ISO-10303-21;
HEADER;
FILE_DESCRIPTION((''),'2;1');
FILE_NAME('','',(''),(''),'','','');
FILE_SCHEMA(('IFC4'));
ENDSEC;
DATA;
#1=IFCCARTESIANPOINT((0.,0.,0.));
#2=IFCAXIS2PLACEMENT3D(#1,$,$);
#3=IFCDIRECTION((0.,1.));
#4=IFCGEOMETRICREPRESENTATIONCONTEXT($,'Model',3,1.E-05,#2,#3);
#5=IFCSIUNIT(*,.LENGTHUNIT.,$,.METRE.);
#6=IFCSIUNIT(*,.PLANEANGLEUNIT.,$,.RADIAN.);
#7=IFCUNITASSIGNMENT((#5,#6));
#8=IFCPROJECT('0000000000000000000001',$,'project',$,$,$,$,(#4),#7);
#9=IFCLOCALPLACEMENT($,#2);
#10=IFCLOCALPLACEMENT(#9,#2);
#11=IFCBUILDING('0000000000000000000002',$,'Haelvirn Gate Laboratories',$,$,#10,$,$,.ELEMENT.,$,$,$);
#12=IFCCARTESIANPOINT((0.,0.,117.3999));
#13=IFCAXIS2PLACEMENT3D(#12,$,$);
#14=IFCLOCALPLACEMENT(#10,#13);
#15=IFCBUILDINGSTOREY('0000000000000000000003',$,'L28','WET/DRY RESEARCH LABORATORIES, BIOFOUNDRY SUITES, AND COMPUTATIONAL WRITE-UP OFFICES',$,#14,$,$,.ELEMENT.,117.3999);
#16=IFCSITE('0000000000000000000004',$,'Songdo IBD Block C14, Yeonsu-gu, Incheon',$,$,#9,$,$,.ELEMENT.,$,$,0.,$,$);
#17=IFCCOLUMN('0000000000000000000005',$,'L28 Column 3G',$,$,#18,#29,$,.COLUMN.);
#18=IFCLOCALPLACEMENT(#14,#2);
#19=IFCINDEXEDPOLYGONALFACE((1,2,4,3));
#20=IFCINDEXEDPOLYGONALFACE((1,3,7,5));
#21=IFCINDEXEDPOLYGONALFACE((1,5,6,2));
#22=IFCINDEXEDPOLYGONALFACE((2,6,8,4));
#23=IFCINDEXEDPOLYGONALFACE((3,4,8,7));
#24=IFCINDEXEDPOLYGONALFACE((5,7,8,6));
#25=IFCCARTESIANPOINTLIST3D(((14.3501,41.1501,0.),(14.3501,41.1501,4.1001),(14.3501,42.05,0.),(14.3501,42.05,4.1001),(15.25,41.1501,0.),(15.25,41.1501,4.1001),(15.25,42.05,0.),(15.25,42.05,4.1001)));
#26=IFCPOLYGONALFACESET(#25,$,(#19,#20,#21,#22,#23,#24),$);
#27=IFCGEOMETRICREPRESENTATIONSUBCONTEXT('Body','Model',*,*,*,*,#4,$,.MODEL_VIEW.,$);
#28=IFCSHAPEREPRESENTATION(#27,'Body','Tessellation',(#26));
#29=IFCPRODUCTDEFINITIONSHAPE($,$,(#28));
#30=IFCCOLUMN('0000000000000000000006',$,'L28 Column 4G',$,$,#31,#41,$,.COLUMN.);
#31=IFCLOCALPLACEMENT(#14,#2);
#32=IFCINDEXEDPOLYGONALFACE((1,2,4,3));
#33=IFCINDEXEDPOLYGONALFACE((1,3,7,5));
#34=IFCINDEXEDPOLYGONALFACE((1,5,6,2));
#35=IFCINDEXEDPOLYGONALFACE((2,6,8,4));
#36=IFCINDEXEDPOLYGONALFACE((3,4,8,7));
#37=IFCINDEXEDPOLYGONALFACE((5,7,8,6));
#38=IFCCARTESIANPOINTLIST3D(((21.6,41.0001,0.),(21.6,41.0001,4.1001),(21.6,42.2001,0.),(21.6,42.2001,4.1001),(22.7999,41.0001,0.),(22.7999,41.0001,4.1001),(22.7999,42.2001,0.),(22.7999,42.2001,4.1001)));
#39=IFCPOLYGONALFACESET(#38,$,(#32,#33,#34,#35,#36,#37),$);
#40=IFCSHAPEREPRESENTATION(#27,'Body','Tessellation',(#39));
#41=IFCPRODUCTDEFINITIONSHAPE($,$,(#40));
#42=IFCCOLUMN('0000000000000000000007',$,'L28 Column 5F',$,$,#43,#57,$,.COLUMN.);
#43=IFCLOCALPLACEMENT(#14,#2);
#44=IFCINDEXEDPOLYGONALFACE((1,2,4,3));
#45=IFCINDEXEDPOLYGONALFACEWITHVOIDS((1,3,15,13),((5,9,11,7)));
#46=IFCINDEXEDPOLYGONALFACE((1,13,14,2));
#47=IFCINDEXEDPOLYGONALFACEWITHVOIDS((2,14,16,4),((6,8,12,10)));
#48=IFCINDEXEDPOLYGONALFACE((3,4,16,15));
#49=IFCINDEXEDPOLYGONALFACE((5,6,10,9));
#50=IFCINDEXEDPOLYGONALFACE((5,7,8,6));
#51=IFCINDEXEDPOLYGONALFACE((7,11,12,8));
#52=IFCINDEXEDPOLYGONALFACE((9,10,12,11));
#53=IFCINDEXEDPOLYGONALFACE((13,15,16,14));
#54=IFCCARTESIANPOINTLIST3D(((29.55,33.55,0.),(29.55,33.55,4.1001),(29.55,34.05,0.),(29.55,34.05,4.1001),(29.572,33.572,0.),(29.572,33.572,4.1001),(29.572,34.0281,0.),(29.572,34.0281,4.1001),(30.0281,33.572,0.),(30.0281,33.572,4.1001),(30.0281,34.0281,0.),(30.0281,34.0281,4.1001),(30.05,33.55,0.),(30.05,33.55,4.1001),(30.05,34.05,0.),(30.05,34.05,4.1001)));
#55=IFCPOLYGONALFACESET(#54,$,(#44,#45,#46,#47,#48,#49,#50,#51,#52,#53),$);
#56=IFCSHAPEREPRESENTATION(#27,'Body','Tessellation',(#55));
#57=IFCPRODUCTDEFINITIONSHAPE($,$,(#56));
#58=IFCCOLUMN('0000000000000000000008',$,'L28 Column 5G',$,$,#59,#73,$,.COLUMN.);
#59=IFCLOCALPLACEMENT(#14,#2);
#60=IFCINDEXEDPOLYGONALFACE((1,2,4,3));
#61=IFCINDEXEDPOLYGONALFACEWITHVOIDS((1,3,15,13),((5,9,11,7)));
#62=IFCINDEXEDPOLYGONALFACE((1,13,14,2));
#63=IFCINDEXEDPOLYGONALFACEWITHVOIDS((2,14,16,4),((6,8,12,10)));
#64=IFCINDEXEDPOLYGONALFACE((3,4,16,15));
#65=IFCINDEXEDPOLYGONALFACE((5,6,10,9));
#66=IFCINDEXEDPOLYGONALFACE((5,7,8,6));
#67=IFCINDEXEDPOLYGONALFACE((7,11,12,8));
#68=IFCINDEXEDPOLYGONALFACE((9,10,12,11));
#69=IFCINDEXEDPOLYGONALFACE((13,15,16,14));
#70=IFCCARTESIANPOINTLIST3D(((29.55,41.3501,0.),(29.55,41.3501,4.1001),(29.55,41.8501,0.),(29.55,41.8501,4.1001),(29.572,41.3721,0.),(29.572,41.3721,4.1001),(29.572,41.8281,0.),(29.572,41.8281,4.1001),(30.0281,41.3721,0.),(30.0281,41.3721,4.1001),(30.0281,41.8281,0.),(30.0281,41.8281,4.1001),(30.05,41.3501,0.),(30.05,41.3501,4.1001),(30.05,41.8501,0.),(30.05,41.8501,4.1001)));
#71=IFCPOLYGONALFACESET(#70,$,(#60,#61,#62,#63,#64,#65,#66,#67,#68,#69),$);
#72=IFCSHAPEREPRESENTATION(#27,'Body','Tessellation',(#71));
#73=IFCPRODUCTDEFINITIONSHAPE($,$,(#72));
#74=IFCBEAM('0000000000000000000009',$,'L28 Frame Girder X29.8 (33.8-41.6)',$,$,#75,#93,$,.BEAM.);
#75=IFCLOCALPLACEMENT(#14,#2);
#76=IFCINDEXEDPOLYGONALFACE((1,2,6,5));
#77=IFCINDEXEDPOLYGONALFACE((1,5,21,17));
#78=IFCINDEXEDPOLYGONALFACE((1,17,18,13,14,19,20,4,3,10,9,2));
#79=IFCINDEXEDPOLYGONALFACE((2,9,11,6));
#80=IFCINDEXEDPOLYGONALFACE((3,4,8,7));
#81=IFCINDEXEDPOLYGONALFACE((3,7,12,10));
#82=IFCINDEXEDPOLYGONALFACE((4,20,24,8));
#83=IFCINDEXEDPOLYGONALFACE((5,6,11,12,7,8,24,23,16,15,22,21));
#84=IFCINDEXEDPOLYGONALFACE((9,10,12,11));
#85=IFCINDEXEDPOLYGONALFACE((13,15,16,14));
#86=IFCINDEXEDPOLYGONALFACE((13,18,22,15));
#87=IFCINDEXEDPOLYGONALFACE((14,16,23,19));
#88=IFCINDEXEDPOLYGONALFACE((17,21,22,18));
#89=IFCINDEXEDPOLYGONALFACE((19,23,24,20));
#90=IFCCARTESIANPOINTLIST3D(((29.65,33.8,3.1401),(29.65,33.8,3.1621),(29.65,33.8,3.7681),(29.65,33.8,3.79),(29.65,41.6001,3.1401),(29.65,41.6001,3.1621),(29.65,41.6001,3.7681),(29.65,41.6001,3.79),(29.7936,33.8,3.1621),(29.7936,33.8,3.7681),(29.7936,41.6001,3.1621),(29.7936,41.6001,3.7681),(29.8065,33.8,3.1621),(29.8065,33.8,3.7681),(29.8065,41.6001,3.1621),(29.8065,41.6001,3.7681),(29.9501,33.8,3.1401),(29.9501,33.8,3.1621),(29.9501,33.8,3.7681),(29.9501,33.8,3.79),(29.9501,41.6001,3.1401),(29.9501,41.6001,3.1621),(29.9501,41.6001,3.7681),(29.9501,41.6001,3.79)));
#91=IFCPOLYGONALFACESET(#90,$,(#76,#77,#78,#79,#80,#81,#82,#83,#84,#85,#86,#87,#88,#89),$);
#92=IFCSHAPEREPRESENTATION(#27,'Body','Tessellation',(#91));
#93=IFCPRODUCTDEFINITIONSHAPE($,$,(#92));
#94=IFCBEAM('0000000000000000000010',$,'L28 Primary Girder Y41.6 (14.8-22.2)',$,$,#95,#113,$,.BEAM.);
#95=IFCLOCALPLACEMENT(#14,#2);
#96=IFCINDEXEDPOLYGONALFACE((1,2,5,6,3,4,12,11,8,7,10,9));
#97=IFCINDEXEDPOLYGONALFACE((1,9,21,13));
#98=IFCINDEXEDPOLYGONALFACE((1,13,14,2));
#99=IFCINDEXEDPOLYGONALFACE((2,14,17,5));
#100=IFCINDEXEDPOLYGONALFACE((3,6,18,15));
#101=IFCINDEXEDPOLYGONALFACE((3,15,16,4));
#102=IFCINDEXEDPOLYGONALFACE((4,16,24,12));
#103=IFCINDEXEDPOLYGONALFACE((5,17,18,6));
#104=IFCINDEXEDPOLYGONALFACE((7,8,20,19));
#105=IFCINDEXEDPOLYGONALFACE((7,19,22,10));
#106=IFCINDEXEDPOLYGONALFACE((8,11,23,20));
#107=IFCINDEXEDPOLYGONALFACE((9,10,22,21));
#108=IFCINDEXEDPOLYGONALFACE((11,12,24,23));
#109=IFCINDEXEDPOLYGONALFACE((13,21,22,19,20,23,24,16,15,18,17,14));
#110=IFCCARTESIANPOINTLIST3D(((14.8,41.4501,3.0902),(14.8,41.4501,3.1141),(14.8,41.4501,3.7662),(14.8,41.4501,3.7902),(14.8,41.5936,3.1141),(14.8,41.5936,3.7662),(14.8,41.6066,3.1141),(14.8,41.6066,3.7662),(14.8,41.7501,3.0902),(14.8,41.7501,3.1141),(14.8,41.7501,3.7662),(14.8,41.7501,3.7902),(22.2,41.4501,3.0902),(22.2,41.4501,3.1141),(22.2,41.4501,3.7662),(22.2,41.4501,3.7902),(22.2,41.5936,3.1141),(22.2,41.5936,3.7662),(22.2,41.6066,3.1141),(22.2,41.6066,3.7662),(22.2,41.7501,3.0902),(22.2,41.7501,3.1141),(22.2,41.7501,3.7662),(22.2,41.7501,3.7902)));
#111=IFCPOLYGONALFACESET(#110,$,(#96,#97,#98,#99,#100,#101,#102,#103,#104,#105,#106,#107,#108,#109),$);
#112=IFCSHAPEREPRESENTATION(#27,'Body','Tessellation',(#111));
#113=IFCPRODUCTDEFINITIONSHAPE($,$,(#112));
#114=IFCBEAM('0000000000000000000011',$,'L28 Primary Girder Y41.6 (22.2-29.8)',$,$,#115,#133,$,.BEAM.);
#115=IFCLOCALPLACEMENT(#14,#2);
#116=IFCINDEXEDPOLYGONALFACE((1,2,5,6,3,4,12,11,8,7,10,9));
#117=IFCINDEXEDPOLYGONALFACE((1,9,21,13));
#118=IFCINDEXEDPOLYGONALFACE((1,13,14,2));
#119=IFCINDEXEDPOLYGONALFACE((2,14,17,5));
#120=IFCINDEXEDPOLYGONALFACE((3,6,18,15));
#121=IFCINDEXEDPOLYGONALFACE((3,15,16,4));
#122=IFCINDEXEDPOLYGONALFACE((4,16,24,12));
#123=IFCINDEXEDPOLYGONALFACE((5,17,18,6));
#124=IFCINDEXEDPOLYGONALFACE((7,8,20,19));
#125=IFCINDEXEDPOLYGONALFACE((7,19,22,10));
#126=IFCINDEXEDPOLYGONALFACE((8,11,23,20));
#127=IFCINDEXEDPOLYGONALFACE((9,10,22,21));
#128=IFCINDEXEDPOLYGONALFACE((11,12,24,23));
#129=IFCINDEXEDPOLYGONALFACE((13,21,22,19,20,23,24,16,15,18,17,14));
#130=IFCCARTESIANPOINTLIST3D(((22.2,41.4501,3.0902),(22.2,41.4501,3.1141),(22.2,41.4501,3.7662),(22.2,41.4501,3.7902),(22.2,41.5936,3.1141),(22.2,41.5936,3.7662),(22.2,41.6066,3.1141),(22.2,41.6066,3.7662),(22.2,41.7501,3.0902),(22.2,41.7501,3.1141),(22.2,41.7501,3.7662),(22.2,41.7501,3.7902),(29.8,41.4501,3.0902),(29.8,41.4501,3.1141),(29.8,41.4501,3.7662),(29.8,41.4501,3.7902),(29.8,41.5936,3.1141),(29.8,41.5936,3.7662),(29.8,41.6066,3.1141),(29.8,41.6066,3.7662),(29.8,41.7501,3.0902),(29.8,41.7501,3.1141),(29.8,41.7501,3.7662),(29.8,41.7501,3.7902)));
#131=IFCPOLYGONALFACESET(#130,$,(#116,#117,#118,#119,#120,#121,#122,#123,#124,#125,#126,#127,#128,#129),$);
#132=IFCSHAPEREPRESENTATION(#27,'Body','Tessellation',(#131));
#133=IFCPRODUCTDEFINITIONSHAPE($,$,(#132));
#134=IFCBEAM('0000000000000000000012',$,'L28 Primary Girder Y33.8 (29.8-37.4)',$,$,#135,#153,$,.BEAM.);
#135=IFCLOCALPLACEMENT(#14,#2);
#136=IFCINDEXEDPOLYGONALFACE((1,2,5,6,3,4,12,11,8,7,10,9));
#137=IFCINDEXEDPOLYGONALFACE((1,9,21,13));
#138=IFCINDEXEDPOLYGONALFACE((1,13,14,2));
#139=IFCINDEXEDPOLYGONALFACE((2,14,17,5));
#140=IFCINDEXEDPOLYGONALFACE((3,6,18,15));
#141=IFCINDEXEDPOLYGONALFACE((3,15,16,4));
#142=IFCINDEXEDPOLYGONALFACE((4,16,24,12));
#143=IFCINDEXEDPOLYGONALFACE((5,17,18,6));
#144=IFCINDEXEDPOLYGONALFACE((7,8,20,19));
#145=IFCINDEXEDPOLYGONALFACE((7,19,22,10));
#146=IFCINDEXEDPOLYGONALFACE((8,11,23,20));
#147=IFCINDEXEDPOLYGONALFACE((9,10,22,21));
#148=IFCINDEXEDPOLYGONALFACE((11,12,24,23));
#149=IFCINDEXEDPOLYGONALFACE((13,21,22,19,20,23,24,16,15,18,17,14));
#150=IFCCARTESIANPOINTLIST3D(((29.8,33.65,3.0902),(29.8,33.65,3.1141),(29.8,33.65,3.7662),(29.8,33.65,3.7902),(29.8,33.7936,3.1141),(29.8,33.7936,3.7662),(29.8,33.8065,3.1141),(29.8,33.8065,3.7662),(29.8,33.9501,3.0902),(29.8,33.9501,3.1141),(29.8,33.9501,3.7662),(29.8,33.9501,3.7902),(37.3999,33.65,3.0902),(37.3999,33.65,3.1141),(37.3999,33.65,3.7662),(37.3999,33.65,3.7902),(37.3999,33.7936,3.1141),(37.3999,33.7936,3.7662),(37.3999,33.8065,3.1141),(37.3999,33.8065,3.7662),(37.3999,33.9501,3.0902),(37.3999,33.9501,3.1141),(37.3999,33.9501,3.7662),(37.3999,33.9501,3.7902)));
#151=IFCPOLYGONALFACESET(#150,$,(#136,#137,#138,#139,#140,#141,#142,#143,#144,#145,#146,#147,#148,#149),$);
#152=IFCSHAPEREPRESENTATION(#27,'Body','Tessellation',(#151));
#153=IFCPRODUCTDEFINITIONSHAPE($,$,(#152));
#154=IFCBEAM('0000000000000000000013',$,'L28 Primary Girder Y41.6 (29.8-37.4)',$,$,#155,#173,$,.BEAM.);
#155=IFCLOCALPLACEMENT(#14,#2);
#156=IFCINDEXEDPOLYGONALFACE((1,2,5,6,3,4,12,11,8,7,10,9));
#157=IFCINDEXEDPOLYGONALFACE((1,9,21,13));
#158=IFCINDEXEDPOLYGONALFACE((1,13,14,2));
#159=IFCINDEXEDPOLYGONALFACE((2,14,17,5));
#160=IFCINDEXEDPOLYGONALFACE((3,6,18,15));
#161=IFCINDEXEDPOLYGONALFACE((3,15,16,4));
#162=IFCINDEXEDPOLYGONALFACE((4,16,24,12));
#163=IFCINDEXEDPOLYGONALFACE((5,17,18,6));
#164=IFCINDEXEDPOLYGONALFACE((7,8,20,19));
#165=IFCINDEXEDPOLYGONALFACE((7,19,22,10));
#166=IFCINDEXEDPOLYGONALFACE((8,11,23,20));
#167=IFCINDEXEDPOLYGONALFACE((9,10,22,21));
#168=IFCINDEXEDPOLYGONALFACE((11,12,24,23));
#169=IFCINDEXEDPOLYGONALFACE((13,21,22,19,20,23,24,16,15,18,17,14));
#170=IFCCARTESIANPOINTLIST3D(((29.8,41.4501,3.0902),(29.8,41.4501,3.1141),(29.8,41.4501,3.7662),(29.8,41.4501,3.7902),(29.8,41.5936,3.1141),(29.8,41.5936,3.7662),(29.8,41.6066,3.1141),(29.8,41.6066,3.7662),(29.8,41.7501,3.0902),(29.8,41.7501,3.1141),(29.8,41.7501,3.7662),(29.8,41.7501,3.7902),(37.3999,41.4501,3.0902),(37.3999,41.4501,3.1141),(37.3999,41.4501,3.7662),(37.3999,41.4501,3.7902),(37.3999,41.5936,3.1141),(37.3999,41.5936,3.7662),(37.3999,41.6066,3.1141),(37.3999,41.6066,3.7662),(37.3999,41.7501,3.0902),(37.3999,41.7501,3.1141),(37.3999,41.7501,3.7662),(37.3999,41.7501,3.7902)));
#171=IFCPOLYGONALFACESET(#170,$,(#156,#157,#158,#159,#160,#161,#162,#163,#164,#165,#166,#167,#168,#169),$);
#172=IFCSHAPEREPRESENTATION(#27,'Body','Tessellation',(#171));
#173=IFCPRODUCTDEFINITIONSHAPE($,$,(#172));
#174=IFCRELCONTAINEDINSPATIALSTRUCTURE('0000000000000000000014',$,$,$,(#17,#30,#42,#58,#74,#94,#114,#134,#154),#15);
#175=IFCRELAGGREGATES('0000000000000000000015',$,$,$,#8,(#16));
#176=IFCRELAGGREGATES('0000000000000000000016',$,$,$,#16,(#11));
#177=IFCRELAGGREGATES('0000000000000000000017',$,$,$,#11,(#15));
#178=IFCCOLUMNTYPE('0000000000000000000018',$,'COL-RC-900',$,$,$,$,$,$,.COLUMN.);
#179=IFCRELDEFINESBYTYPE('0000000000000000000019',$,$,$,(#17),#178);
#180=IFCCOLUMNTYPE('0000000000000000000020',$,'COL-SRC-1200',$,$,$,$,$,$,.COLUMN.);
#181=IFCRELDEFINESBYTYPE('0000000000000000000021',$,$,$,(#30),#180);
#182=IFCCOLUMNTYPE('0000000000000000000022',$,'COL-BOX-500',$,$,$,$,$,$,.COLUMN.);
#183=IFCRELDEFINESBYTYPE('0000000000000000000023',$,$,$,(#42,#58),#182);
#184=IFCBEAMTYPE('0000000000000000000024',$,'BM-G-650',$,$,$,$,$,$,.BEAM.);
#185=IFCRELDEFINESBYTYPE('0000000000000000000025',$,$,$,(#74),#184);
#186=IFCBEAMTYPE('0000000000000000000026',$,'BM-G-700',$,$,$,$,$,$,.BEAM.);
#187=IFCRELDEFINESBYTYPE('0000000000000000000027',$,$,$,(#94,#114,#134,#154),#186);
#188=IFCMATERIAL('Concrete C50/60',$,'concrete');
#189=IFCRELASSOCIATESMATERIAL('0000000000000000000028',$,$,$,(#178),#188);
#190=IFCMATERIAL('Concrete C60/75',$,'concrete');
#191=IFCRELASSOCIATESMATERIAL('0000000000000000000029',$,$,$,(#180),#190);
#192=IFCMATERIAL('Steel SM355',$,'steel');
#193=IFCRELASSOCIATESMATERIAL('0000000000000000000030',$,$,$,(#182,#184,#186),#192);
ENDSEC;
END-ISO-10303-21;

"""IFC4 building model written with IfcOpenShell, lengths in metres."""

from ifc_helpers import new_model, si_unit, direction, frame, origin, origin_2d, place, context, subcontext, project, spatial, rectangle, hollow_rectangle, i_section, extrude, source, transform, mapped, material, material_profile, profile_set, type_object, type_shapes, element, save


model = new_model("IFC4")

# Units and contexts
model_context = context("Model", 3, precision=1e-05, world=origin(), true_north=direction((0.0, 1.0)))
body_context = subcontext(model_context, "Body", "Model", "MODEL_VIEW")
ifc_project = project(units=[si_unit("LENGTHUNIT", "METRE"), si_unit("PLANEANGLEUNIT", "RADIAN")], contexts=[model_context])

# Site, building, storey
site_placement = place(None, origin())
site = spatial("IfcSite", under=ifc_project, at=site_placement, Name="Songdo IBD Block C14, Yeonsu-gu, Incheon", CompositionType="ELEMENT", RefElevation=0.0)
building_placement = place(site_placement, origin())
building = spatial("IfcBuilding", under=site, at=building_placement, Name="Haelvirn Gate Laboratories", CompositionType="ELEMENT")
storey_placement = place(building_placement, frame((0.0, 0.0, 117.3999)))
storey = spatial("IfcBuildingStorey", under=building, at=storey_placement, Name="L28", Description="WET/DRY RESEARCH LABORATORIES, BIOFOUNDRY SUITES, AND COMPUTATIONAL WRITE-UP OFFICES", CompositionType="ELEMENT", Elevation=117.3999)

# Columns
ifc_material_1 = material(Name="Concrete C50/60", Category="concrete")
ifc_material_profile_1 = material_profile(ifc_material_1, rectangle(XDim=0.8999, YDim=0.8999, at=origin_2d()), Name="RC-900x900")
ifc_profile_set_1 = profile_set([ifc_material_profile_1], Name="Concrete C50/60")
column_type_1 = type_object("IfcColumnType", Name="COL-RC-900", PredefinedType="COLUMN", material=ifc_profile_set_1)
shared_shape_1 = source(origin(), body_context, "Body", "SweptSolid", [
    extrude(rectangle(XDim=0.8999, YDim=0.8999, at=origin_2d()), origin(), (0.0, 0.0, 1.0), 4.1001),
])
type_shapes(column_type_1, [shared_shape_1])
column_1_placement = place(storey_placement, frame((14.8, 41.6001, 0.0), z_axis=(0.0, 0.0, 1.0), x_axis=(1.0, 0.0, 0.0)))
element("IfcColumn", 1, at=column_1_placement, inside=storey, type_object=column_type_1, Name="L28 Column 3G", PredefinedType="COLUMN", context=body_context, shape_type="MappedRepresentation", body=[
    mapped(shared_shape_1, transform((0.0, 0.0, 0.0), scale=1.0)),
])
ifc_material_2 = material(Name="Concrete C60/75", Category="concrete")
ifc_material_profile_2 = material_profile(ifc_material_2, rectangle(XDim=1.2, YDim=1.2, at=origin_2d()), Name="SRC-1200x1200")
ifc_profile_set_2 = profile_set([ifc_material_profile_2], Name="Concrete C60/75")
column_type_2 = type_object("IfcColumnType", Name="COL-SRC-1200", PredefinedType="COLUMN", material=ifc_profile_set_2)
shared_shape_2 = source(origin(), body_context, "Body", "SweptSolid", [
    extrude(rectangle(XDim=1.2, YDim=1.2, at=origin_2d()), origin(), (0.0, 0.0, 1.0), 4.1001),
])
type_shapes(column_type_2, [shared_shape_2])
column_2_placement = place(storey_placement, frame((22.2, 41.6001, 0.0), z_axis=(0.0, 0.0, 1.0), x_axis=(1.0, 0.0, 0.0)))
element("IfcColumn", 2, at=column_2_placement, inside=storey, type_object=column_type_2, Name="L28 Column 4G", PredefinedType="COLUMN", context=body_context, shape_type="MappedRepresentation", body=[
    mapped(shared_shape_2, transform((0.0, 0.0, 0.0), scale=1.0)),
])
ifc_material_3 = material(Name="Steel SM355", Category="steel")
ifc_material_profile_3 = material_profile(ifc_material_3, hollow_rectangle(XDim=0.5, YDim=0.5, WallThickness=0.022, at=origin_2d()), Name="BOX-500x500x22")
ifc_profile_set_3 = profile_set([ifc_material_profile_3], Name="Steel SM355")
column_type_3 = type_object("IfcColumnType", Name="COL-BOX-500", PredefinedType="COLUMN", material=ifc_profile_set_3)
shared_shape_3 = source(origin(), body_context, "Body", "SweptSolid", [
    extrude(hollow_rectangle(XDim=0.5, YDim=0.5, WallThickness=0.022, at=origin_2d()), origin(), (0.0, 0.0, 1.0), 4.1001),
])
type_shapes(column_type_3, [shared_shape_3])
for number, where, z_axis, x_axis, name in (
    (3, (29.8, 33.8, 0.0), (0.0, 0.0, 1.0), (1.0, 0.0, 0.0), "L28 Column 5F"),
    (4, (29.8, 41.6001, 0.0), (0.0, 0.0, 1.0), (1.0, 0.0, 0.0), "L28 Column 5G"),
):
    element("IfcColumn", number, at=place(storey_placement, frame(where, z_axis=z_axis, x_axis=x_axis)), inside=storey, type_object=column_type_3, Name=name, PredefinedType="COLUMN", context=body_context, shape_type="MappedRepresentation", body=[
        mapped(shared_shape_3, transform((0.0, 0.0, 0.0), scale=1.0)),
    ])

# Beams
ifc_material_profile_4 = material_profile(ifc_material_3, i_section(OverallWidth=0.3, OverallDepth=0.6499, WebThickness=0.0129, FlangeThickness=0.022, at=origin_2d()), Name="H-650x300x13x22")
ifc_profile_set_4 = profile_set([ifc_material_profile_4], Name="Steel SM355")
beam_type_1 = type_object("IfcBeamType", Name="BM-G-650", PredefinedType="BEAM", material=ifc_profile_set_4)
shared_shape_4 = source(origin(), body_context, "Body", "SweptSolid", [
    extrude(i_section(OverallWidth=0.3, OverallDepth=0.6499, WebThickness=0.0129, FlangeThickness=0.022, at=origin_2d()), origin(), (0.0, 0.0, 1.0), 7.8),
])
type_shapes(beam_type_1, [shared_shape_4])
beam_1_placement = place(storey_placement, frame((29.8, 33.8, 3.4651), z_axis=(0.0, 1.0, 0.0), x_axis=(-1.0, 0.0, 0.0)))
element("IfcBeam", 5, at=beam_1_placement, inside=storey, type_object=beam_type_1, Name="L28 Frame Girder X29.8 (33.8-41.6)", PredefinedType="BEAM", context=body_context, shape_type="MappedRepresentation", body=[
    mapped(shared_shape_4, transform((0.0, 0.0, 0.0), scale=1.0)),
])
ifc_material_profile_5 = material_profile(ifc_material_3, i_section(OverallWidth=0.3, OverallDepth=0.7, WebThickness=0.0129, FlangeThickness=0.0239, at=origin_2d()), Name="H-700x300x13x24")
ifc_profile_set_5 = profile_set([ifc_material_profile_5], Name="Steel SM355")
beam_type_2 = type_object("IfcBeamType", Name="BM-G-700", PredefinedType="BEAM", material=ifc_profile_set_5)
shared_shape_5 = source(origin(), body_context, "Body", "SweptSolid", [
    extrude(i_section(OverallWidth=0.3, OverallDepth=0.7, WebThickness=0.0129, FlangeThickness=0.0239, at=origin_2d()), origin(), (0.0, 0.0, 1.0), 7.3999),
])
beam_2_placement = place(storey_placement, frame((14.8, 41.6001, 3.4402), z_axis=(1.0, 0.0, 0.0), x_axis=(0.0, 1.0, 0.0)))
element("IfcBeam", 6, at=beam_2_placement, inside=storey, type_object=beam_type_2, Name="L28 Primary Girder Y41.6 (14.8-22.2)", PredefinedType="BEAM", context=body_context, shape_type="MappedRepresentation", body=[
    mapped(shared_shape_5, transform((0.0, 0.0, 0.0), scale=1.0)),
])
shared_shape_6 = source(origin(), body_context, "Body", "SweptSolid", [
    extrude(i_section(OverallWidth=0.3, OverallDepth=0.7, WebThickness=0.0129, FlangeThickness=0.0239, at=origin_2d()), origin(), (0.0, 0.0, 1.0), 7.6001),
])
beam_3_placement = place(storey_placement, frame((22.2, 41.6001, 3.4402), z_axis=(1.0, 0.0, 0.0), x_axis=(0.0, 1.0, 0.0)))
element("IfcBeam", 7, at=beam_3_placement, inside=storey, type_object=beam_type_2, Name="L28 Primary Girder Y41.6 (22.2-29.8)", PredefinedType="BEAM", context=body_context, shape_type="MappedRepresentation", body=[
    mapped(shared_shape_6, transform((0.0, 0.0, 0.0), scale=1.0)),
])
shared_shape_7 = source(origin(), body_context, "Body", "SweptSolid", [
    extrude(i_section(OverallWidth=0.3, OverallDepth=0.7, WebThickness=0.0129, FlangeThickness=0.0239, at=origin_2d()), origin(), (0.0, 0.0, 1.0), 7.5999),
])
type_shapes(beam_type_2, [shared_shape_5, shared_shape_6, shared_shape_7])
for number, where, z_axis, x_axis, name in (
    (8, (29.8, 33.8, 3.4402), (1.0, 0.0, 0.0), (0.0, 1.0, 0.0), "L28 Primary Girder Y33.8 (29.8-37.4)"),
    (9, (29.8, 41.6001, 3.4402), (1.0, 0.0, 0.0), (0.0, 1.0, 0.0), "L28 Primary Girder Y41.6 (29.8-37.4)"),
):
    element("IfcBeam", number, at=place(storey_placement, frame(where, z_axis=z_axis, x_axis=x_axis)), inside=storey, type_object=beam_type_2, Name=name, PredefinedType="BEAM", context=body_context, shape_type="MappedRepresentation", body=[
        mapped(shared_shape_7, transform((0.0, 0.0, 0.0), scale=1.0)),
    ])

save(model, "model.ifc")
